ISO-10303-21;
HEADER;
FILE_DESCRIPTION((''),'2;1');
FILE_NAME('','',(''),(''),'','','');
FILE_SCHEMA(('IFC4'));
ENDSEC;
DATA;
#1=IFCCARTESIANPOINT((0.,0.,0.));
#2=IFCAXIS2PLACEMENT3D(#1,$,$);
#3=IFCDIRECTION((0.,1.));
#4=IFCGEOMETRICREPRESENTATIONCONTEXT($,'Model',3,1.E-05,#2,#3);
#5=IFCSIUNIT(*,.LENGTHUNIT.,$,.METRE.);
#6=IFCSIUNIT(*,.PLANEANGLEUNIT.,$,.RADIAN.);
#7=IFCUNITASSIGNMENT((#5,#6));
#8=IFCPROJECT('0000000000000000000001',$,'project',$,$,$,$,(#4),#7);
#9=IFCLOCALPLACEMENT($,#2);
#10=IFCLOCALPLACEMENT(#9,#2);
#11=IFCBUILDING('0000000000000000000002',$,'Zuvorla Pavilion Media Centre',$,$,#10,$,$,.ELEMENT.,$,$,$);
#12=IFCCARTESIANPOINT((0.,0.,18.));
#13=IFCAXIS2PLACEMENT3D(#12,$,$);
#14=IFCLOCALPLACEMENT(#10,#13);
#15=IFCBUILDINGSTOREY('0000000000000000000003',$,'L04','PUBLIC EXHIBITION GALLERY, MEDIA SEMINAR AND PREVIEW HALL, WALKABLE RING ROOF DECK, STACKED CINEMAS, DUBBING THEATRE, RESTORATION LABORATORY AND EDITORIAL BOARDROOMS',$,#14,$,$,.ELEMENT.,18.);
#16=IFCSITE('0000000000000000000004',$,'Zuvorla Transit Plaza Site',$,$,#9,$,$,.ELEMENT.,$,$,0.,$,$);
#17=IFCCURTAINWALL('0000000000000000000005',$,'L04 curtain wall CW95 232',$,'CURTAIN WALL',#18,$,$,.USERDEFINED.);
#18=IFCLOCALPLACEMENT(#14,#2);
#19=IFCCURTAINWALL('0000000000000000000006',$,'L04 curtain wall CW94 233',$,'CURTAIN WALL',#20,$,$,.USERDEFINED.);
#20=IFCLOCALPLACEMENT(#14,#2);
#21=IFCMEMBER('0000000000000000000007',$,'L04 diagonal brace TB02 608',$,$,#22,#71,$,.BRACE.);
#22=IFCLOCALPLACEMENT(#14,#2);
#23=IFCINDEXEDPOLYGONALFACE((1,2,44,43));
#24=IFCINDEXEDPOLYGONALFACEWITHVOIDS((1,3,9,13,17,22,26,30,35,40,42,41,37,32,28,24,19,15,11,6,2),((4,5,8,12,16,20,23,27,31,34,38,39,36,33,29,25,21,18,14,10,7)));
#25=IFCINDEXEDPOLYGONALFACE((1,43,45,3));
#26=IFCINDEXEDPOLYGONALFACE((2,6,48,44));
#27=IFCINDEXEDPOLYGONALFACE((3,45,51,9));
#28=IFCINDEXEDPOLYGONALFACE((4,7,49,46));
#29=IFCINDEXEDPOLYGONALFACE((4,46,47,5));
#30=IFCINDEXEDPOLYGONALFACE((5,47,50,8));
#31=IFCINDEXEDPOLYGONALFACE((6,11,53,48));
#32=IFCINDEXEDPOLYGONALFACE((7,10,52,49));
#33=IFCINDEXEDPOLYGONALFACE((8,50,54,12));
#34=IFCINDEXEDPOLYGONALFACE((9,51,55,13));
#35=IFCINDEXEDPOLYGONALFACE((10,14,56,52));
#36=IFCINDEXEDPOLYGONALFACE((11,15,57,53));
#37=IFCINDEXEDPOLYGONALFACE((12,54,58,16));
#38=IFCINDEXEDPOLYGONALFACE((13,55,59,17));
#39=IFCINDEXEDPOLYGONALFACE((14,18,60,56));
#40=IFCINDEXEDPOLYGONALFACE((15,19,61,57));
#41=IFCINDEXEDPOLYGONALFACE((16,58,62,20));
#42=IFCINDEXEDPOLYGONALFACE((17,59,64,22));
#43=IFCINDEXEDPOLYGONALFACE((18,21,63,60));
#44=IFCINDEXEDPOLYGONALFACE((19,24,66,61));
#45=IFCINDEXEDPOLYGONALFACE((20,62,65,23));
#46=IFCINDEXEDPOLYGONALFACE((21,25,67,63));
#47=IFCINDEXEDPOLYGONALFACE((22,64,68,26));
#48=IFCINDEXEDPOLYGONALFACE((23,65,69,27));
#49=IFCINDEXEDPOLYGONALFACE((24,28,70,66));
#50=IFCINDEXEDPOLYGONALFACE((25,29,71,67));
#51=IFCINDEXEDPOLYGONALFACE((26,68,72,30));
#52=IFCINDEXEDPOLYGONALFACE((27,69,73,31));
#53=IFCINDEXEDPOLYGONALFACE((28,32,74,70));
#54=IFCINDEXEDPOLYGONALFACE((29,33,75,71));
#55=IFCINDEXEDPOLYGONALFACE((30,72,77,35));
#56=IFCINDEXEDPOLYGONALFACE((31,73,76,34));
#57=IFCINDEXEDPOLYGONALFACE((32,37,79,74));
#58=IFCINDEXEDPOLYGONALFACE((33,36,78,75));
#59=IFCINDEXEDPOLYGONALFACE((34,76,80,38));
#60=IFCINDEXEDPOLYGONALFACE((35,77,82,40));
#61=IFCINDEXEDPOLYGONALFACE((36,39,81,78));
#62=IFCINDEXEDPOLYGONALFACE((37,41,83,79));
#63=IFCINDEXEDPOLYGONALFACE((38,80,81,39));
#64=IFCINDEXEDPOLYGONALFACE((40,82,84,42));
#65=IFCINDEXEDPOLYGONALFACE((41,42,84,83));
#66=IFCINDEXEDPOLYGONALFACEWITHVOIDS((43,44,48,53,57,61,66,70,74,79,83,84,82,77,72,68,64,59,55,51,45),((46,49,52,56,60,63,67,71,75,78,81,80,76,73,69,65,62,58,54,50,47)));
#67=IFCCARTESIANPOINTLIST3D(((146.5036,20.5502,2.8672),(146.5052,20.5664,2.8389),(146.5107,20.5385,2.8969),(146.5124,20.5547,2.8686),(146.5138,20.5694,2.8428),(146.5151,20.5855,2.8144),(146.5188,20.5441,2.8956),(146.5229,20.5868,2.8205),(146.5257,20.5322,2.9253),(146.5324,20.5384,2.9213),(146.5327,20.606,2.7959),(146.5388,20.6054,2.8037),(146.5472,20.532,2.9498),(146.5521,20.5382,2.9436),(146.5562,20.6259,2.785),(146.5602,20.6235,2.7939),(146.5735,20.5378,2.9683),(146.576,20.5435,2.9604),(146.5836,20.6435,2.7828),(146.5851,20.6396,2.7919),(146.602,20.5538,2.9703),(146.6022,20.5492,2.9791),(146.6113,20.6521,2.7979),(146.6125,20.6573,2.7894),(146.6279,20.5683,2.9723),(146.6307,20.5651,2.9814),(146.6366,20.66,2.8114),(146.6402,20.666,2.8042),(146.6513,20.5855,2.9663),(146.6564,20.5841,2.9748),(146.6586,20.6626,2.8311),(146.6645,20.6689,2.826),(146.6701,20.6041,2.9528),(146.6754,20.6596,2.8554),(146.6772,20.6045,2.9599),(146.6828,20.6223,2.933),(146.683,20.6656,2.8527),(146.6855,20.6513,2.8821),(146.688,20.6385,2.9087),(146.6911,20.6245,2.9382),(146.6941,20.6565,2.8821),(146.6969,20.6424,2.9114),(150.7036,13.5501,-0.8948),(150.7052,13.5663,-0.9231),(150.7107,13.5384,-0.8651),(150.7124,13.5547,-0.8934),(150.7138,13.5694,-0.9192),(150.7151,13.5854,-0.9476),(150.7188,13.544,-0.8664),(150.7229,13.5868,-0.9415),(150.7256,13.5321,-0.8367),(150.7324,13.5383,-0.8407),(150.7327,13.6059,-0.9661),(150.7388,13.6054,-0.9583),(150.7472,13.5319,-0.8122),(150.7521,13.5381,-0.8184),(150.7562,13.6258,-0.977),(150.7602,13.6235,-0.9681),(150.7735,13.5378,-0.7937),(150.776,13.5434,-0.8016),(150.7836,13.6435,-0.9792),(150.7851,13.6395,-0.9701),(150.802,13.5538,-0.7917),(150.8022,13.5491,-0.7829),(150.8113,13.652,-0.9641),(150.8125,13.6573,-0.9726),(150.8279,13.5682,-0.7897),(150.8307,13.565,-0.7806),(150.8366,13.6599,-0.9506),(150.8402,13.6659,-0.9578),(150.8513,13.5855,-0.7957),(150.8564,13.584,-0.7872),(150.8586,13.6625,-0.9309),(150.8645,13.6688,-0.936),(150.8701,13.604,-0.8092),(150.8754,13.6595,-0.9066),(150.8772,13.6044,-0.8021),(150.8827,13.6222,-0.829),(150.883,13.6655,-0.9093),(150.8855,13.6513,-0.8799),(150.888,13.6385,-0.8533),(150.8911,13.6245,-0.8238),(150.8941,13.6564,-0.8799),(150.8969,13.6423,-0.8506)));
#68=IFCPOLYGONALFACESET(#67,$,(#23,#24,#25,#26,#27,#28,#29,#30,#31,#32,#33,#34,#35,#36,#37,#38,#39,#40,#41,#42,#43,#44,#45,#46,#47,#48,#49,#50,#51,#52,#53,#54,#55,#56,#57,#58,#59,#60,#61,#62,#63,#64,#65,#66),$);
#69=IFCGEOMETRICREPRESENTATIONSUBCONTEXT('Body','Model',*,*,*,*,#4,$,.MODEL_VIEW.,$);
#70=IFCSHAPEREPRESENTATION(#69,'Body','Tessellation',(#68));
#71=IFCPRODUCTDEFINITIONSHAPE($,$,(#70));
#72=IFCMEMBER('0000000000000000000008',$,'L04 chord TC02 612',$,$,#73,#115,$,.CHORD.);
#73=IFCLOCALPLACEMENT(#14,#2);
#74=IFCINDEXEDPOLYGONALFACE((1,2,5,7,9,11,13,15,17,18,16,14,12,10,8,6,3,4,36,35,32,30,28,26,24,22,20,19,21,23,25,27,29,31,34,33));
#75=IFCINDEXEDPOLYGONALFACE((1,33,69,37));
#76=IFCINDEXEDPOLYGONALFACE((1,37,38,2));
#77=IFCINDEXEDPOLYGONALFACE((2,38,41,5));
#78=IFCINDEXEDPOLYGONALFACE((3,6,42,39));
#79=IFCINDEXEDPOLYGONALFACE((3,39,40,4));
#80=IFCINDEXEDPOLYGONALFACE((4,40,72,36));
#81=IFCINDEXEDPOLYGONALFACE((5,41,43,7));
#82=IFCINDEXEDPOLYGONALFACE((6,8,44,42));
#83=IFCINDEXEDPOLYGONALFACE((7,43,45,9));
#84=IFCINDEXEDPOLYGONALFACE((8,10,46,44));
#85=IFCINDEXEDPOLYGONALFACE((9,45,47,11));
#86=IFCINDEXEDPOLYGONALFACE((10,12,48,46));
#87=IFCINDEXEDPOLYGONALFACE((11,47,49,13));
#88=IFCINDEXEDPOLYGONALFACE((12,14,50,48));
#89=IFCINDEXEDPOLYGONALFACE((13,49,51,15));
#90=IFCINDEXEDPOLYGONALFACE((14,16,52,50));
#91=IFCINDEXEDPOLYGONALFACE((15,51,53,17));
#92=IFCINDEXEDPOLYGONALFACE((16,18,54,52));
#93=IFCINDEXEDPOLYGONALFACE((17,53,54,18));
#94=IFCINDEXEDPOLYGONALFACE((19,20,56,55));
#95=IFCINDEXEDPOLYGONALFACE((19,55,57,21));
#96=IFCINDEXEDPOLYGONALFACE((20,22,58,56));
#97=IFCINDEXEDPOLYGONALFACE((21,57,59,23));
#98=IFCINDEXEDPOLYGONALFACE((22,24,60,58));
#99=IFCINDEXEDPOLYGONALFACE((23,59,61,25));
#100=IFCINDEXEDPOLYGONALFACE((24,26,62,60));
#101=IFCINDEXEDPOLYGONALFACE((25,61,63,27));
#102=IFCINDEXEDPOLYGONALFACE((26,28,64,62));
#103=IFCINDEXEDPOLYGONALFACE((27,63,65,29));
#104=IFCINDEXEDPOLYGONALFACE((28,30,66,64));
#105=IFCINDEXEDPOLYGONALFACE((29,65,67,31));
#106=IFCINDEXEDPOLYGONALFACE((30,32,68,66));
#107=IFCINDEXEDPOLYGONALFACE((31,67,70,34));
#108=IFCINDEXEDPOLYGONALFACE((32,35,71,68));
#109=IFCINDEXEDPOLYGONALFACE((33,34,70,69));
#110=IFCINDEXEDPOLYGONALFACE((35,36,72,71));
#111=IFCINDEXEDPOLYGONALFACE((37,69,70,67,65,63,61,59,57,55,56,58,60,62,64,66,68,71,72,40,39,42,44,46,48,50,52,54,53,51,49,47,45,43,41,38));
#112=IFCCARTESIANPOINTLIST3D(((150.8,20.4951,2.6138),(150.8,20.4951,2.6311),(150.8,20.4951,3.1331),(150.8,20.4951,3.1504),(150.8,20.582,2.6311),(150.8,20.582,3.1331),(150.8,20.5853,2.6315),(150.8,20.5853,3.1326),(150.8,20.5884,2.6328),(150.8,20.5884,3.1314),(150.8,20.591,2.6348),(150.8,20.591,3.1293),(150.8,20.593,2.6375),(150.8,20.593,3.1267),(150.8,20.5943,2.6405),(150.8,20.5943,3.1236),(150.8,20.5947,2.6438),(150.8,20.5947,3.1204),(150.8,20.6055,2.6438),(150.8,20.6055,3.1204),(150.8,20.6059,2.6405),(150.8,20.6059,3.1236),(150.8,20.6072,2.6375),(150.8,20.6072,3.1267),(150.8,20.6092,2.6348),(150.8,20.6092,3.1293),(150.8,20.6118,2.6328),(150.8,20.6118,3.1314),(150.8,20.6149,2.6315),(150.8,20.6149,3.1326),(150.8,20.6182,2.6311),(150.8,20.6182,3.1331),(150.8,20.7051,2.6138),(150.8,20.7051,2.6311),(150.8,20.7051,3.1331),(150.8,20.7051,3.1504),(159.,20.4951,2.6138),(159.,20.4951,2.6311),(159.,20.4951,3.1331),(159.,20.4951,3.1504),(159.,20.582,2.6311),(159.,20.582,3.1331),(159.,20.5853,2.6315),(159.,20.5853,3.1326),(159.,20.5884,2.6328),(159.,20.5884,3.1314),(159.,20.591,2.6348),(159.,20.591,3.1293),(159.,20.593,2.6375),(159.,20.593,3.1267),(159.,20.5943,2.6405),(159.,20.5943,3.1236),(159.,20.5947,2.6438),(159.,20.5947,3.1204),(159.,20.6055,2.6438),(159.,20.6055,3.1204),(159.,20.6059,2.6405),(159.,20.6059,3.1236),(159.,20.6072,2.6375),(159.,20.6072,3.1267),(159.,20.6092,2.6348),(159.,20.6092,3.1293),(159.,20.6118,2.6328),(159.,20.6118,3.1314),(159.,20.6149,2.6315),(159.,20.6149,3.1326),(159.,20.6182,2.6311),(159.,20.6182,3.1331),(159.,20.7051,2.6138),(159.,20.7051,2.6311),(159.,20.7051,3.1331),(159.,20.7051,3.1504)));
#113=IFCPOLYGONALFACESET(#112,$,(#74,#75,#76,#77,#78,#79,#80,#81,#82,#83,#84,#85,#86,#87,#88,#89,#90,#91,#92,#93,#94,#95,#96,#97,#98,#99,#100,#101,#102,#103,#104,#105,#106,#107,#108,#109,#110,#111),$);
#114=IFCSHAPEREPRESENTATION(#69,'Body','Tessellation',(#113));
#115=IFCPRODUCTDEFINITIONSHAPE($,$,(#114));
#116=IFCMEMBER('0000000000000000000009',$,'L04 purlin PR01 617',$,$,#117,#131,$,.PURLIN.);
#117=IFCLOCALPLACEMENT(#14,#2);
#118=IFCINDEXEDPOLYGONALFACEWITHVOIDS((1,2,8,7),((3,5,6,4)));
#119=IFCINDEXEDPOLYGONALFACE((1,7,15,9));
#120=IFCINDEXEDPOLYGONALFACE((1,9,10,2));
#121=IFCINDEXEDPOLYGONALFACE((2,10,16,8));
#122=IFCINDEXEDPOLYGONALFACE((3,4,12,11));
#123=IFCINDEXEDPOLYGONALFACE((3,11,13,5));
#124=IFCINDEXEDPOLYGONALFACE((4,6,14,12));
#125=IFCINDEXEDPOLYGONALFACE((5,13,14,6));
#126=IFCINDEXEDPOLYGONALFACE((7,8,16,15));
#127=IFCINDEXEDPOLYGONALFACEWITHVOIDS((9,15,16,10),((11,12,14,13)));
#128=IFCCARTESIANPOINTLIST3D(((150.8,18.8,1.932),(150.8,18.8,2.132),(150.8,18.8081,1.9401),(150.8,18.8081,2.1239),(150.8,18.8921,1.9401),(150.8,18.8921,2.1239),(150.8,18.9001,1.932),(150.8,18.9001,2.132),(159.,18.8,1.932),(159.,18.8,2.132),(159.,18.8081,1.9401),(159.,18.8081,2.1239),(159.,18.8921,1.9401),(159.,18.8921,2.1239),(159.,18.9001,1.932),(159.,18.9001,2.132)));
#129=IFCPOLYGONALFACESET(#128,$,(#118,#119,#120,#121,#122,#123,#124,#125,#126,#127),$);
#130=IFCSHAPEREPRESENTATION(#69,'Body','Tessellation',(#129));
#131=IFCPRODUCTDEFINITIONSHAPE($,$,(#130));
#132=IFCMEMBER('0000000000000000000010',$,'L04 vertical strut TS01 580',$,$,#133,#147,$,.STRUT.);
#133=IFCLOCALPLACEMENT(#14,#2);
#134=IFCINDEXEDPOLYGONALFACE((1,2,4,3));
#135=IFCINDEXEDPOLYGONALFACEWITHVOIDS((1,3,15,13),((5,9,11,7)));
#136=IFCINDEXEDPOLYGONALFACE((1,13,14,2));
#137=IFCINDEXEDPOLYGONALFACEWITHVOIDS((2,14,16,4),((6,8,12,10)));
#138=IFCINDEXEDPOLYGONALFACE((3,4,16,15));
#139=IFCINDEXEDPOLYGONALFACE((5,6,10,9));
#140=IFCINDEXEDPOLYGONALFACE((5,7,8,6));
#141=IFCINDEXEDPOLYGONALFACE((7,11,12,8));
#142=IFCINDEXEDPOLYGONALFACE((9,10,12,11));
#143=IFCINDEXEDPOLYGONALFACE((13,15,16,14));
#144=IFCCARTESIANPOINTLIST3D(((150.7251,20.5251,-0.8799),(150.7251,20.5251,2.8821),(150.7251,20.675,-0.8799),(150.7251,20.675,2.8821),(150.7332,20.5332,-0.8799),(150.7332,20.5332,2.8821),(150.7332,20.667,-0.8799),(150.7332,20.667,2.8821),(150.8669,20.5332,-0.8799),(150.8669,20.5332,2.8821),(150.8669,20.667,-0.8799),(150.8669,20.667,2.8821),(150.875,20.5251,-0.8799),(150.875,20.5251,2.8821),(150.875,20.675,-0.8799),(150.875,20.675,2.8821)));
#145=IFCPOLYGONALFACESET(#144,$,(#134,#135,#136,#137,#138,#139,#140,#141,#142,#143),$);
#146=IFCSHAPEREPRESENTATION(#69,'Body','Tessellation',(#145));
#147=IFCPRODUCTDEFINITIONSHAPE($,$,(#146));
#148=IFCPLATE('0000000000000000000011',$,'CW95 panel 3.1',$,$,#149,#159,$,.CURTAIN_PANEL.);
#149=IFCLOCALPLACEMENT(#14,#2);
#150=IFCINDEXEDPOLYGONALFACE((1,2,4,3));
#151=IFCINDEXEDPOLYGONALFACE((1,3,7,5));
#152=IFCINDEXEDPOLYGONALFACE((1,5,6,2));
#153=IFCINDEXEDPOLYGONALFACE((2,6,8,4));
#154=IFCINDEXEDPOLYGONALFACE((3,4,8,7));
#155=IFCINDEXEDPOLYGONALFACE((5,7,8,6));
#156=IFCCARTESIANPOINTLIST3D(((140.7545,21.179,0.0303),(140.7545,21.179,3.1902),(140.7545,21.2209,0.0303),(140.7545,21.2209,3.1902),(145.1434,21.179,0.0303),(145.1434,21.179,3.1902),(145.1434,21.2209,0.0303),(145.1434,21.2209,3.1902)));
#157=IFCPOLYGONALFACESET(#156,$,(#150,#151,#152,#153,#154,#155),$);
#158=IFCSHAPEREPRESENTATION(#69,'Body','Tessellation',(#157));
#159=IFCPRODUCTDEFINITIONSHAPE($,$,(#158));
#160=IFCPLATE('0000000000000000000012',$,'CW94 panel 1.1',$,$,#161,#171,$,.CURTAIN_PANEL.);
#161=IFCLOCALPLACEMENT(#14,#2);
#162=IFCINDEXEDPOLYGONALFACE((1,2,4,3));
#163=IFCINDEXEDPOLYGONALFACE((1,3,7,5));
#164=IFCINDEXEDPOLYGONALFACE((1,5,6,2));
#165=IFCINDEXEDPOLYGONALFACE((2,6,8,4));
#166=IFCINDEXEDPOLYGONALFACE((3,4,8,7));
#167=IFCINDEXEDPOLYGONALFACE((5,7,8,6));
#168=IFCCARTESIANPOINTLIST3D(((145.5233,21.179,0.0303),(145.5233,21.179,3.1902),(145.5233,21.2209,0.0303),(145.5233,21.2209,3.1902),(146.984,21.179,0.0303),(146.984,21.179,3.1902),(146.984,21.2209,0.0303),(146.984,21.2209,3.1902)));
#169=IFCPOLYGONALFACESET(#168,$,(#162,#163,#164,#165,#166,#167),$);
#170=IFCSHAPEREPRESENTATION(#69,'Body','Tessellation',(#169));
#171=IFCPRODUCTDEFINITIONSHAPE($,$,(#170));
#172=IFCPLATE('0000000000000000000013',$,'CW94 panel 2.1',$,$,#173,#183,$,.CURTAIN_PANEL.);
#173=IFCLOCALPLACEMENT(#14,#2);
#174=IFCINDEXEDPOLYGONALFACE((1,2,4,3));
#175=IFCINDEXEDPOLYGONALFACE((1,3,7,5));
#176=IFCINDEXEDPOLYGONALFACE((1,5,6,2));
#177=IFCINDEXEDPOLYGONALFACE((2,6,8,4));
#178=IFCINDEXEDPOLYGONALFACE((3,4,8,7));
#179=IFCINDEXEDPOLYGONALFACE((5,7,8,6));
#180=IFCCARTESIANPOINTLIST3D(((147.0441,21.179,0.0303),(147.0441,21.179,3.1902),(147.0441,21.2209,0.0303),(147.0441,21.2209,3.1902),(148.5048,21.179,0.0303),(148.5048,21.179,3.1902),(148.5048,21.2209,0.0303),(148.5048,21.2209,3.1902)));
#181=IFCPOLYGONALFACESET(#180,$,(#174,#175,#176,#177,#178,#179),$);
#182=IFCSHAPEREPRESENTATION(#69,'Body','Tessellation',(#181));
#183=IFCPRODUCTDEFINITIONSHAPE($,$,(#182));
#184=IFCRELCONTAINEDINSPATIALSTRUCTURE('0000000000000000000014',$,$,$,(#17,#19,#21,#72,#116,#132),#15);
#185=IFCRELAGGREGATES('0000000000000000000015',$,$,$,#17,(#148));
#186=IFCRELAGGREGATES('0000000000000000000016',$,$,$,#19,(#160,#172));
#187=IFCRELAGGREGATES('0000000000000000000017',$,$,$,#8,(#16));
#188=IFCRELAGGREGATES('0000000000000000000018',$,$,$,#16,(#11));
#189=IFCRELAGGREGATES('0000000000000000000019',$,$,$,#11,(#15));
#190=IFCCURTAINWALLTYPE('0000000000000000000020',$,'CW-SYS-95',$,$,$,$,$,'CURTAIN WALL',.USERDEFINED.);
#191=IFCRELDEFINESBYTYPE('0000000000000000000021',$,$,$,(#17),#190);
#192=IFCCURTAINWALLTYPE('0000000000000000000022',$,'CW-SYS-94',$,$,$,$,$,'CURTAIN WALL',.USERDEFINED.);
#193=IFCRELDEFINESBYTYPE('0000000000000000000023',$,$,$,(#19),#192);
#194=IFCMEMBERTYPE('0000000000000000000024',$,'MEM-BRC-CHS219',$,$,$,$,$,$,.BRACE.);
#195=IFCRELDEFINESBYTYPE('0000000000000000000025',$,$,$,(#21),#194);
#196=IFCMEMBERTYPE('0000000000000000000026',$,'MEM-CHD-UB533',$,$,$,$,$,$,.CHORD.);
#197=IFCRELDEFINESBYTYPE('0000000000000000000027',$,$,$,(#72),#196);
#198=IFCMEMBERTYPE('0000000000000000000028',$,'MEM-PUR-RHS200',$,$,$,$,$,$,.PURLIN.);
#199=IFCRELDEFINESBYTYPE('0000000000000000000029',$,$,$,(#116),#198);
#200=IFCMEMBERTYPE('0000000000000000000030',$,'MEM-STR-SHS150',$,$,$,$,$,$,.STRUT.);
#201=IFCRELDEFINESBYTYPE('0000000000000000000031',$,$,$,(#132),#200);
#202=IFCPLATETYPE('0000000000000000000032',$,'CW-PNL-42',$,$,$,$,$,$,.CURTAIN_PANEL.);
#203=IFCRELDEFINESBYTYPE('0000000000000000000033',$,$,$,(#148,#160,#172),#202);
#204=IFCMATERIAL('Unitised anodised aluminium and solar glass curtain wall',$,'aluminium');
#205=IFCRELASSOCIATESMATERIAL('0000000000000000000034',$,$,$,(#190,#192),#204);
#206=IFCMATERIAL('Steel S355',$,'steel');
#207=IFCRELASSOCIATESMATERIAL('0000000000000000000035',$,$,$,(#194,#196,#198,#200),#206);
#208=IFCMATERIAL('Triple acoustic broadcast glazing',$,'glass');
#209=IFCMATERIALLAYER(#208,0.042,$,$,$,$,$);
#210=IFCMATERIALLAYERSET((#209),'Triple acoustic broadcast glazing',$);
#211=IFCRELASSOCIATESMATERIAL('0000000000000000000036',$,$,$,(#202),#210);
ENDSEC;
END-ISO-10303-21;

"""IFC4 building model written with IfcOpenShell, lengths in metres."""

from ifc_helpers import new_model, si_unit, direction, frame, origin, origin_2d, place, context, subcontext, project, spatial, rectangle, hollow_rectangle, hollow_circle, i_section, extrude, material, layer, layer_set, material_profile, profile_set, type_object, element, aggregate, save


model = new_model("IFC4")

# Units and contexts
model_context = context("Model", 3, precision=1e-05, world=origin(), true_north=direction((0.0, 1.0)))
body_context = subcontext(model_context, "Body", "Model", "MODEL_VIEW")
ifc_project = project(units=[si_unit("LENGTHUNIT", "METRE"), si_unit("PLANEANGLEUNIT", "RADIAN")], contexts=[model_context])

# Site, building, storey
site_placement = place(None, origin())
site = spatial("IfcSite", under=ifc_project, at=site_placement, Name="Zuvorla Transit Plaza Site", CompositionType="ELEMENT", RefElevation=0.0)
building_placement = place(site_placement, origin())
building = spatial("IfcBuilding", under=site, at=building_placement, Name="Zuvorla Pavilion Media Centre", CompositionType="ELEMENT")
storey_placement = place(building_placement, frame((0.0, 0.0, 18.0)))
storey = spatial("IfcBuildingStorey", under=building, at=storey_placement, Name="L04", Description="PUBLIC EXHIBITION GALLERY, MEDIA SEMINAR AND PREVIEW HALL, WALKABLE RING ROOF DECK, STACKED CINEMAS, DUBBING THEATRE, RESTORATION LABORATORY AND EDITORIAL BOARDROOMS", CompositionType="ELEMENT", Elevation=18.0)

# Curtain wall
ifc_material_1 = material(Name="Unitised anodised aluminium and solar glass curtain wall", Category="aluminium")
curtain_wall_type_1 = type_object("IfcCurtainWallType", Name="CW-SYS-95", ElementType="CURTAIN WALL", PredefinedType="USERDEFINED", material=ifc_material_1)
curtain_wall_1_placement = place(storey_placement, origin())
curtain_wall_1 = element("IfcCurtainWall", 1, at=curtain_wall_1_placement, inside=storey, type_object=curtain_wall_type_1, Name="L04 curtain wall CW95 232", ObjectType="CURTAIN WALL", PredefinedType="USERDEFINED")

# Curtain wall
curtain_wall_type_2 = type_object("IfcCurtainWallType", Name="CW-SYS-94", ElementType="CURTAIN WALL", PredefinedType="USERDEFINED", material=ifc_material_1)
curtain_wall_2_placement = place(storey_placement, origin())
curtain_wall_2 = element("IfcCurtainWall", 2, at=curtain_wall_2_placement, inside=storey, type_object=curtain_wall_type_2, Name="L04 curtain wall CW94 233", ObjectType="CURTAIN WALL", PredefinedType="USERDEFINED")

# Members
ifc_material_2 = material(Name="Steel S355", Category="steel")
ifc_material_profile_1 = material_profile(ifc_material_2, hollow_circle(Radius=0.1096, WallThickness=0.01, at=origin_2d()), Name="CHS 219.1x10")
ifc_profile_set_1 = profile_set([ifc_material_profile_1], Name="Steel S355")
member_type_1 = type_object("IfcMemberType", Name="MEM-BRC-CHS219", PredefinedType="BRACE", material=ifc_profile_set_1)
member_1_placement = place(storey_placement, frame((146.6001, 20.6001, 2.8821), z_axis=(0.467262, -0.778779, -0.418534), x_axis=(0.857496, 0.514491, 0.0)))
element("IfcMember", 3, at=member_1_placement, inside=storey, type_object=member_type_1, Name="L04 diagonal brace TB02 608", PredefinedType="BRACE", context=body_context, shape_type="SweptSolid", body=[
    extrude(hollow_circle(Radius=0.1096, WallThickness=0.01, at=origin_2d()), origin(), (0.0, 0.0, 1.0), 8.9885),
])
ifc_material_profile_2 = material_profile(ifc_material_2, i_section(OverallWidth=0.21, OverallDepth=0.5366, WebThickness=0.0107, FlangeThickness=0.0173, FilletRadius=0.0127, at=origin_2d()), Name="UB 533x210x101")
ifc_profile_set_2 = profile_set([ifc_material_profile_2], Name="Steel S355")
member_type_2 = type_object("IfcMemberType", Name="MEM-CHD-UB533", PredefinedType="CHORD", material=ifc_profile_set_2)
member_2_placement = place(storey_placement, frame((150.8, 20.6001, 2.8821), z_axis=(1.0, 0.0, 0.0), x_axis=(0.0, 1.0, 0.0)))
element("IfcMember", 4, at=member_2_placement, inside=storey, type_object=member_type_2, Name="L04 chord TC02 612", PredefinedType="CHORD", context=body_context, shape_type="SweptSolid", body=[
    extrude(i_section(OverallWidth=0.21, OverallDepth=0.5366, WebThickness=0.0107, FlangeThickness=0.0173, FilletRadius=0.0127, at=origin_2d()), origin(), (0.0, 0.0, 1.0), 8.2),
])
ifc_material_profile_3 = material_profile(ifc_material_2, hollow_rectangle(XDim=0.1001, YDim=0.2, WallThickness=0.0081, at=origin_2d()), Name="RHS 200x100x8")
ifc_profile_set_3 = profile_set([ifc_material_profile_3], Name="Steel S355")
member_type_3 = type_object("IfcMemberType", Name="MEM-PUR-RHS200", PredefinedType="PURLIN", material=ifc_profile_set_3)
member_3_placement = place(storey_placement, frame((150.8, 18.8501, 2.032), z_axis=(1.0, 0.0, 0.0), x_axis=(0.0, 1.0, 0.0)))
element("IfcMember", 5, at=member_3_placement, inside=storey, type_object=member_type_3, Name="L04 purlin PR01 617", PredefinedType="PURLIN", context=body_context, shape_type="SweptSolid", body=[
    extrude(hollow_rectangle(XDim=0.1001, YDim=0.2, WallThickness=0.0081, at=origin_2d()), origin(), (0.0, 0.0, 1.0), 8.2),
])
ifc_material_profile_4 = material_profile(ifc_material_2, hollow_rectangle(XDim=0.1499, YDim=0.1499, WallThickness=0.0081, at=origin_2d()), Name="SHS 150x150x8")
ifc_profile_set_4 = profile_set([ifc_material_profile_4], Name="Steel S355")
member_type_4 = type_object("IfcMemberType", Name="MEM-STR-SHS150", PredefinedType="STRUT", material=ifc_profile_set_4)
member_4_placement = place(storey_placement, frame((150.8, 20.6001, -0.8799), z_axis=(0.0, 0.0, 1.0), x_axis=(1.0, 0.0, 0.0)))
element("IfcMember", 6, at=member_4_placement, inside=storey, type_object=member_type_4, Name="L04 vertical strut TS01 580", PredefinedType="STRUT", context=body_context, shape_type="SweptSolid", body=[
    extrude(hollow_rectangle(XDim=0.1499, YDim=0.1499, WallThickness=0.0081, at=origin_2d()), origin(), (0.0, 0.0, 1.0), 3.762),
])

# Plates
ifc_material_3 = material(Name="Triple acoustic broadcast glazing", Category="glass")
ifc_layer_1 = layer(ifc_material_3, 0.042)
ifc_layer_set_1 = layer_set([ifc_layer_1], Name="Triple acoustic broadcast glazing")
plate_type_1 = type_object("IfcPlateType", Name="CW-PNL-42", PredefinedType="CURTAIN_PANEL", material=ifc_layer_set_1)
plate_1_placement = place(storey_placement, frame((142.949, 21.2, 0.0303), z_axis=(0.0, 0.0, 1.0), x_axis=(1.0, 0.0, 0.0)))
plate_1 = element("IfcPlate", 7, at=plate_1_placement, type_object=plate_type_1, Name="CW95 panel 3.1", PredefinedType="CURTAIN_PANEL", context=body_context, shape_type="SweptSolid", body=[
    extrude(rectangle(XDim=4.3889, YDim=0.042, at=origin_2d()), origin(), (0.0, 0.0, 1.0), 3.1599),
])
aggregate(curtain_wall_1, [plate_1])
plate_2_placement = place(storey_placement, frame((146.2537, 21.2, 0.0303), z_axis=(0.0, 0.0, 1.0), x_axis=(1.0, 0.0, 0.0)))
plate_2 = element("IfcPlate", 8, at=plate_2_placement, type_object=plate_type_1, Name="CW94 panel 1.1", PredefinedType="CURTAIN_PANEL", context=body_context, shape_type="SweptSolid", body=[
    extrude(rectangle(XDim=1.4607, YDim=0.042, at=origin_2d()), origin(), (0.0, 0.0, 1.0), 3.1599),
])
plate_3_placement = place(storey_placement, frame((147.7744, 21.2, 0.0303), z_axis=(0.0, 0.0, 1.0), x_axis=(1.0, 0.0, 0.0)))
plate_3 = element("IfcPlate", 9, at=plate_3_placement, type_object=plate_type_1, Name="CW94 panel 2.1", PredefinedType="CURTAIN_PANEL", context=body_context, shape_type="SweptSolid", body=[
    extrude(rectangle(XDim=1.4607, YDim=0.042, at=origin_2d()), origin(), (0.0, 0.0, 1.0), 3.1599),
])
aggregate(curtain_wall_2, [plate_2, plate_3])

save(model, "model.ifc")
